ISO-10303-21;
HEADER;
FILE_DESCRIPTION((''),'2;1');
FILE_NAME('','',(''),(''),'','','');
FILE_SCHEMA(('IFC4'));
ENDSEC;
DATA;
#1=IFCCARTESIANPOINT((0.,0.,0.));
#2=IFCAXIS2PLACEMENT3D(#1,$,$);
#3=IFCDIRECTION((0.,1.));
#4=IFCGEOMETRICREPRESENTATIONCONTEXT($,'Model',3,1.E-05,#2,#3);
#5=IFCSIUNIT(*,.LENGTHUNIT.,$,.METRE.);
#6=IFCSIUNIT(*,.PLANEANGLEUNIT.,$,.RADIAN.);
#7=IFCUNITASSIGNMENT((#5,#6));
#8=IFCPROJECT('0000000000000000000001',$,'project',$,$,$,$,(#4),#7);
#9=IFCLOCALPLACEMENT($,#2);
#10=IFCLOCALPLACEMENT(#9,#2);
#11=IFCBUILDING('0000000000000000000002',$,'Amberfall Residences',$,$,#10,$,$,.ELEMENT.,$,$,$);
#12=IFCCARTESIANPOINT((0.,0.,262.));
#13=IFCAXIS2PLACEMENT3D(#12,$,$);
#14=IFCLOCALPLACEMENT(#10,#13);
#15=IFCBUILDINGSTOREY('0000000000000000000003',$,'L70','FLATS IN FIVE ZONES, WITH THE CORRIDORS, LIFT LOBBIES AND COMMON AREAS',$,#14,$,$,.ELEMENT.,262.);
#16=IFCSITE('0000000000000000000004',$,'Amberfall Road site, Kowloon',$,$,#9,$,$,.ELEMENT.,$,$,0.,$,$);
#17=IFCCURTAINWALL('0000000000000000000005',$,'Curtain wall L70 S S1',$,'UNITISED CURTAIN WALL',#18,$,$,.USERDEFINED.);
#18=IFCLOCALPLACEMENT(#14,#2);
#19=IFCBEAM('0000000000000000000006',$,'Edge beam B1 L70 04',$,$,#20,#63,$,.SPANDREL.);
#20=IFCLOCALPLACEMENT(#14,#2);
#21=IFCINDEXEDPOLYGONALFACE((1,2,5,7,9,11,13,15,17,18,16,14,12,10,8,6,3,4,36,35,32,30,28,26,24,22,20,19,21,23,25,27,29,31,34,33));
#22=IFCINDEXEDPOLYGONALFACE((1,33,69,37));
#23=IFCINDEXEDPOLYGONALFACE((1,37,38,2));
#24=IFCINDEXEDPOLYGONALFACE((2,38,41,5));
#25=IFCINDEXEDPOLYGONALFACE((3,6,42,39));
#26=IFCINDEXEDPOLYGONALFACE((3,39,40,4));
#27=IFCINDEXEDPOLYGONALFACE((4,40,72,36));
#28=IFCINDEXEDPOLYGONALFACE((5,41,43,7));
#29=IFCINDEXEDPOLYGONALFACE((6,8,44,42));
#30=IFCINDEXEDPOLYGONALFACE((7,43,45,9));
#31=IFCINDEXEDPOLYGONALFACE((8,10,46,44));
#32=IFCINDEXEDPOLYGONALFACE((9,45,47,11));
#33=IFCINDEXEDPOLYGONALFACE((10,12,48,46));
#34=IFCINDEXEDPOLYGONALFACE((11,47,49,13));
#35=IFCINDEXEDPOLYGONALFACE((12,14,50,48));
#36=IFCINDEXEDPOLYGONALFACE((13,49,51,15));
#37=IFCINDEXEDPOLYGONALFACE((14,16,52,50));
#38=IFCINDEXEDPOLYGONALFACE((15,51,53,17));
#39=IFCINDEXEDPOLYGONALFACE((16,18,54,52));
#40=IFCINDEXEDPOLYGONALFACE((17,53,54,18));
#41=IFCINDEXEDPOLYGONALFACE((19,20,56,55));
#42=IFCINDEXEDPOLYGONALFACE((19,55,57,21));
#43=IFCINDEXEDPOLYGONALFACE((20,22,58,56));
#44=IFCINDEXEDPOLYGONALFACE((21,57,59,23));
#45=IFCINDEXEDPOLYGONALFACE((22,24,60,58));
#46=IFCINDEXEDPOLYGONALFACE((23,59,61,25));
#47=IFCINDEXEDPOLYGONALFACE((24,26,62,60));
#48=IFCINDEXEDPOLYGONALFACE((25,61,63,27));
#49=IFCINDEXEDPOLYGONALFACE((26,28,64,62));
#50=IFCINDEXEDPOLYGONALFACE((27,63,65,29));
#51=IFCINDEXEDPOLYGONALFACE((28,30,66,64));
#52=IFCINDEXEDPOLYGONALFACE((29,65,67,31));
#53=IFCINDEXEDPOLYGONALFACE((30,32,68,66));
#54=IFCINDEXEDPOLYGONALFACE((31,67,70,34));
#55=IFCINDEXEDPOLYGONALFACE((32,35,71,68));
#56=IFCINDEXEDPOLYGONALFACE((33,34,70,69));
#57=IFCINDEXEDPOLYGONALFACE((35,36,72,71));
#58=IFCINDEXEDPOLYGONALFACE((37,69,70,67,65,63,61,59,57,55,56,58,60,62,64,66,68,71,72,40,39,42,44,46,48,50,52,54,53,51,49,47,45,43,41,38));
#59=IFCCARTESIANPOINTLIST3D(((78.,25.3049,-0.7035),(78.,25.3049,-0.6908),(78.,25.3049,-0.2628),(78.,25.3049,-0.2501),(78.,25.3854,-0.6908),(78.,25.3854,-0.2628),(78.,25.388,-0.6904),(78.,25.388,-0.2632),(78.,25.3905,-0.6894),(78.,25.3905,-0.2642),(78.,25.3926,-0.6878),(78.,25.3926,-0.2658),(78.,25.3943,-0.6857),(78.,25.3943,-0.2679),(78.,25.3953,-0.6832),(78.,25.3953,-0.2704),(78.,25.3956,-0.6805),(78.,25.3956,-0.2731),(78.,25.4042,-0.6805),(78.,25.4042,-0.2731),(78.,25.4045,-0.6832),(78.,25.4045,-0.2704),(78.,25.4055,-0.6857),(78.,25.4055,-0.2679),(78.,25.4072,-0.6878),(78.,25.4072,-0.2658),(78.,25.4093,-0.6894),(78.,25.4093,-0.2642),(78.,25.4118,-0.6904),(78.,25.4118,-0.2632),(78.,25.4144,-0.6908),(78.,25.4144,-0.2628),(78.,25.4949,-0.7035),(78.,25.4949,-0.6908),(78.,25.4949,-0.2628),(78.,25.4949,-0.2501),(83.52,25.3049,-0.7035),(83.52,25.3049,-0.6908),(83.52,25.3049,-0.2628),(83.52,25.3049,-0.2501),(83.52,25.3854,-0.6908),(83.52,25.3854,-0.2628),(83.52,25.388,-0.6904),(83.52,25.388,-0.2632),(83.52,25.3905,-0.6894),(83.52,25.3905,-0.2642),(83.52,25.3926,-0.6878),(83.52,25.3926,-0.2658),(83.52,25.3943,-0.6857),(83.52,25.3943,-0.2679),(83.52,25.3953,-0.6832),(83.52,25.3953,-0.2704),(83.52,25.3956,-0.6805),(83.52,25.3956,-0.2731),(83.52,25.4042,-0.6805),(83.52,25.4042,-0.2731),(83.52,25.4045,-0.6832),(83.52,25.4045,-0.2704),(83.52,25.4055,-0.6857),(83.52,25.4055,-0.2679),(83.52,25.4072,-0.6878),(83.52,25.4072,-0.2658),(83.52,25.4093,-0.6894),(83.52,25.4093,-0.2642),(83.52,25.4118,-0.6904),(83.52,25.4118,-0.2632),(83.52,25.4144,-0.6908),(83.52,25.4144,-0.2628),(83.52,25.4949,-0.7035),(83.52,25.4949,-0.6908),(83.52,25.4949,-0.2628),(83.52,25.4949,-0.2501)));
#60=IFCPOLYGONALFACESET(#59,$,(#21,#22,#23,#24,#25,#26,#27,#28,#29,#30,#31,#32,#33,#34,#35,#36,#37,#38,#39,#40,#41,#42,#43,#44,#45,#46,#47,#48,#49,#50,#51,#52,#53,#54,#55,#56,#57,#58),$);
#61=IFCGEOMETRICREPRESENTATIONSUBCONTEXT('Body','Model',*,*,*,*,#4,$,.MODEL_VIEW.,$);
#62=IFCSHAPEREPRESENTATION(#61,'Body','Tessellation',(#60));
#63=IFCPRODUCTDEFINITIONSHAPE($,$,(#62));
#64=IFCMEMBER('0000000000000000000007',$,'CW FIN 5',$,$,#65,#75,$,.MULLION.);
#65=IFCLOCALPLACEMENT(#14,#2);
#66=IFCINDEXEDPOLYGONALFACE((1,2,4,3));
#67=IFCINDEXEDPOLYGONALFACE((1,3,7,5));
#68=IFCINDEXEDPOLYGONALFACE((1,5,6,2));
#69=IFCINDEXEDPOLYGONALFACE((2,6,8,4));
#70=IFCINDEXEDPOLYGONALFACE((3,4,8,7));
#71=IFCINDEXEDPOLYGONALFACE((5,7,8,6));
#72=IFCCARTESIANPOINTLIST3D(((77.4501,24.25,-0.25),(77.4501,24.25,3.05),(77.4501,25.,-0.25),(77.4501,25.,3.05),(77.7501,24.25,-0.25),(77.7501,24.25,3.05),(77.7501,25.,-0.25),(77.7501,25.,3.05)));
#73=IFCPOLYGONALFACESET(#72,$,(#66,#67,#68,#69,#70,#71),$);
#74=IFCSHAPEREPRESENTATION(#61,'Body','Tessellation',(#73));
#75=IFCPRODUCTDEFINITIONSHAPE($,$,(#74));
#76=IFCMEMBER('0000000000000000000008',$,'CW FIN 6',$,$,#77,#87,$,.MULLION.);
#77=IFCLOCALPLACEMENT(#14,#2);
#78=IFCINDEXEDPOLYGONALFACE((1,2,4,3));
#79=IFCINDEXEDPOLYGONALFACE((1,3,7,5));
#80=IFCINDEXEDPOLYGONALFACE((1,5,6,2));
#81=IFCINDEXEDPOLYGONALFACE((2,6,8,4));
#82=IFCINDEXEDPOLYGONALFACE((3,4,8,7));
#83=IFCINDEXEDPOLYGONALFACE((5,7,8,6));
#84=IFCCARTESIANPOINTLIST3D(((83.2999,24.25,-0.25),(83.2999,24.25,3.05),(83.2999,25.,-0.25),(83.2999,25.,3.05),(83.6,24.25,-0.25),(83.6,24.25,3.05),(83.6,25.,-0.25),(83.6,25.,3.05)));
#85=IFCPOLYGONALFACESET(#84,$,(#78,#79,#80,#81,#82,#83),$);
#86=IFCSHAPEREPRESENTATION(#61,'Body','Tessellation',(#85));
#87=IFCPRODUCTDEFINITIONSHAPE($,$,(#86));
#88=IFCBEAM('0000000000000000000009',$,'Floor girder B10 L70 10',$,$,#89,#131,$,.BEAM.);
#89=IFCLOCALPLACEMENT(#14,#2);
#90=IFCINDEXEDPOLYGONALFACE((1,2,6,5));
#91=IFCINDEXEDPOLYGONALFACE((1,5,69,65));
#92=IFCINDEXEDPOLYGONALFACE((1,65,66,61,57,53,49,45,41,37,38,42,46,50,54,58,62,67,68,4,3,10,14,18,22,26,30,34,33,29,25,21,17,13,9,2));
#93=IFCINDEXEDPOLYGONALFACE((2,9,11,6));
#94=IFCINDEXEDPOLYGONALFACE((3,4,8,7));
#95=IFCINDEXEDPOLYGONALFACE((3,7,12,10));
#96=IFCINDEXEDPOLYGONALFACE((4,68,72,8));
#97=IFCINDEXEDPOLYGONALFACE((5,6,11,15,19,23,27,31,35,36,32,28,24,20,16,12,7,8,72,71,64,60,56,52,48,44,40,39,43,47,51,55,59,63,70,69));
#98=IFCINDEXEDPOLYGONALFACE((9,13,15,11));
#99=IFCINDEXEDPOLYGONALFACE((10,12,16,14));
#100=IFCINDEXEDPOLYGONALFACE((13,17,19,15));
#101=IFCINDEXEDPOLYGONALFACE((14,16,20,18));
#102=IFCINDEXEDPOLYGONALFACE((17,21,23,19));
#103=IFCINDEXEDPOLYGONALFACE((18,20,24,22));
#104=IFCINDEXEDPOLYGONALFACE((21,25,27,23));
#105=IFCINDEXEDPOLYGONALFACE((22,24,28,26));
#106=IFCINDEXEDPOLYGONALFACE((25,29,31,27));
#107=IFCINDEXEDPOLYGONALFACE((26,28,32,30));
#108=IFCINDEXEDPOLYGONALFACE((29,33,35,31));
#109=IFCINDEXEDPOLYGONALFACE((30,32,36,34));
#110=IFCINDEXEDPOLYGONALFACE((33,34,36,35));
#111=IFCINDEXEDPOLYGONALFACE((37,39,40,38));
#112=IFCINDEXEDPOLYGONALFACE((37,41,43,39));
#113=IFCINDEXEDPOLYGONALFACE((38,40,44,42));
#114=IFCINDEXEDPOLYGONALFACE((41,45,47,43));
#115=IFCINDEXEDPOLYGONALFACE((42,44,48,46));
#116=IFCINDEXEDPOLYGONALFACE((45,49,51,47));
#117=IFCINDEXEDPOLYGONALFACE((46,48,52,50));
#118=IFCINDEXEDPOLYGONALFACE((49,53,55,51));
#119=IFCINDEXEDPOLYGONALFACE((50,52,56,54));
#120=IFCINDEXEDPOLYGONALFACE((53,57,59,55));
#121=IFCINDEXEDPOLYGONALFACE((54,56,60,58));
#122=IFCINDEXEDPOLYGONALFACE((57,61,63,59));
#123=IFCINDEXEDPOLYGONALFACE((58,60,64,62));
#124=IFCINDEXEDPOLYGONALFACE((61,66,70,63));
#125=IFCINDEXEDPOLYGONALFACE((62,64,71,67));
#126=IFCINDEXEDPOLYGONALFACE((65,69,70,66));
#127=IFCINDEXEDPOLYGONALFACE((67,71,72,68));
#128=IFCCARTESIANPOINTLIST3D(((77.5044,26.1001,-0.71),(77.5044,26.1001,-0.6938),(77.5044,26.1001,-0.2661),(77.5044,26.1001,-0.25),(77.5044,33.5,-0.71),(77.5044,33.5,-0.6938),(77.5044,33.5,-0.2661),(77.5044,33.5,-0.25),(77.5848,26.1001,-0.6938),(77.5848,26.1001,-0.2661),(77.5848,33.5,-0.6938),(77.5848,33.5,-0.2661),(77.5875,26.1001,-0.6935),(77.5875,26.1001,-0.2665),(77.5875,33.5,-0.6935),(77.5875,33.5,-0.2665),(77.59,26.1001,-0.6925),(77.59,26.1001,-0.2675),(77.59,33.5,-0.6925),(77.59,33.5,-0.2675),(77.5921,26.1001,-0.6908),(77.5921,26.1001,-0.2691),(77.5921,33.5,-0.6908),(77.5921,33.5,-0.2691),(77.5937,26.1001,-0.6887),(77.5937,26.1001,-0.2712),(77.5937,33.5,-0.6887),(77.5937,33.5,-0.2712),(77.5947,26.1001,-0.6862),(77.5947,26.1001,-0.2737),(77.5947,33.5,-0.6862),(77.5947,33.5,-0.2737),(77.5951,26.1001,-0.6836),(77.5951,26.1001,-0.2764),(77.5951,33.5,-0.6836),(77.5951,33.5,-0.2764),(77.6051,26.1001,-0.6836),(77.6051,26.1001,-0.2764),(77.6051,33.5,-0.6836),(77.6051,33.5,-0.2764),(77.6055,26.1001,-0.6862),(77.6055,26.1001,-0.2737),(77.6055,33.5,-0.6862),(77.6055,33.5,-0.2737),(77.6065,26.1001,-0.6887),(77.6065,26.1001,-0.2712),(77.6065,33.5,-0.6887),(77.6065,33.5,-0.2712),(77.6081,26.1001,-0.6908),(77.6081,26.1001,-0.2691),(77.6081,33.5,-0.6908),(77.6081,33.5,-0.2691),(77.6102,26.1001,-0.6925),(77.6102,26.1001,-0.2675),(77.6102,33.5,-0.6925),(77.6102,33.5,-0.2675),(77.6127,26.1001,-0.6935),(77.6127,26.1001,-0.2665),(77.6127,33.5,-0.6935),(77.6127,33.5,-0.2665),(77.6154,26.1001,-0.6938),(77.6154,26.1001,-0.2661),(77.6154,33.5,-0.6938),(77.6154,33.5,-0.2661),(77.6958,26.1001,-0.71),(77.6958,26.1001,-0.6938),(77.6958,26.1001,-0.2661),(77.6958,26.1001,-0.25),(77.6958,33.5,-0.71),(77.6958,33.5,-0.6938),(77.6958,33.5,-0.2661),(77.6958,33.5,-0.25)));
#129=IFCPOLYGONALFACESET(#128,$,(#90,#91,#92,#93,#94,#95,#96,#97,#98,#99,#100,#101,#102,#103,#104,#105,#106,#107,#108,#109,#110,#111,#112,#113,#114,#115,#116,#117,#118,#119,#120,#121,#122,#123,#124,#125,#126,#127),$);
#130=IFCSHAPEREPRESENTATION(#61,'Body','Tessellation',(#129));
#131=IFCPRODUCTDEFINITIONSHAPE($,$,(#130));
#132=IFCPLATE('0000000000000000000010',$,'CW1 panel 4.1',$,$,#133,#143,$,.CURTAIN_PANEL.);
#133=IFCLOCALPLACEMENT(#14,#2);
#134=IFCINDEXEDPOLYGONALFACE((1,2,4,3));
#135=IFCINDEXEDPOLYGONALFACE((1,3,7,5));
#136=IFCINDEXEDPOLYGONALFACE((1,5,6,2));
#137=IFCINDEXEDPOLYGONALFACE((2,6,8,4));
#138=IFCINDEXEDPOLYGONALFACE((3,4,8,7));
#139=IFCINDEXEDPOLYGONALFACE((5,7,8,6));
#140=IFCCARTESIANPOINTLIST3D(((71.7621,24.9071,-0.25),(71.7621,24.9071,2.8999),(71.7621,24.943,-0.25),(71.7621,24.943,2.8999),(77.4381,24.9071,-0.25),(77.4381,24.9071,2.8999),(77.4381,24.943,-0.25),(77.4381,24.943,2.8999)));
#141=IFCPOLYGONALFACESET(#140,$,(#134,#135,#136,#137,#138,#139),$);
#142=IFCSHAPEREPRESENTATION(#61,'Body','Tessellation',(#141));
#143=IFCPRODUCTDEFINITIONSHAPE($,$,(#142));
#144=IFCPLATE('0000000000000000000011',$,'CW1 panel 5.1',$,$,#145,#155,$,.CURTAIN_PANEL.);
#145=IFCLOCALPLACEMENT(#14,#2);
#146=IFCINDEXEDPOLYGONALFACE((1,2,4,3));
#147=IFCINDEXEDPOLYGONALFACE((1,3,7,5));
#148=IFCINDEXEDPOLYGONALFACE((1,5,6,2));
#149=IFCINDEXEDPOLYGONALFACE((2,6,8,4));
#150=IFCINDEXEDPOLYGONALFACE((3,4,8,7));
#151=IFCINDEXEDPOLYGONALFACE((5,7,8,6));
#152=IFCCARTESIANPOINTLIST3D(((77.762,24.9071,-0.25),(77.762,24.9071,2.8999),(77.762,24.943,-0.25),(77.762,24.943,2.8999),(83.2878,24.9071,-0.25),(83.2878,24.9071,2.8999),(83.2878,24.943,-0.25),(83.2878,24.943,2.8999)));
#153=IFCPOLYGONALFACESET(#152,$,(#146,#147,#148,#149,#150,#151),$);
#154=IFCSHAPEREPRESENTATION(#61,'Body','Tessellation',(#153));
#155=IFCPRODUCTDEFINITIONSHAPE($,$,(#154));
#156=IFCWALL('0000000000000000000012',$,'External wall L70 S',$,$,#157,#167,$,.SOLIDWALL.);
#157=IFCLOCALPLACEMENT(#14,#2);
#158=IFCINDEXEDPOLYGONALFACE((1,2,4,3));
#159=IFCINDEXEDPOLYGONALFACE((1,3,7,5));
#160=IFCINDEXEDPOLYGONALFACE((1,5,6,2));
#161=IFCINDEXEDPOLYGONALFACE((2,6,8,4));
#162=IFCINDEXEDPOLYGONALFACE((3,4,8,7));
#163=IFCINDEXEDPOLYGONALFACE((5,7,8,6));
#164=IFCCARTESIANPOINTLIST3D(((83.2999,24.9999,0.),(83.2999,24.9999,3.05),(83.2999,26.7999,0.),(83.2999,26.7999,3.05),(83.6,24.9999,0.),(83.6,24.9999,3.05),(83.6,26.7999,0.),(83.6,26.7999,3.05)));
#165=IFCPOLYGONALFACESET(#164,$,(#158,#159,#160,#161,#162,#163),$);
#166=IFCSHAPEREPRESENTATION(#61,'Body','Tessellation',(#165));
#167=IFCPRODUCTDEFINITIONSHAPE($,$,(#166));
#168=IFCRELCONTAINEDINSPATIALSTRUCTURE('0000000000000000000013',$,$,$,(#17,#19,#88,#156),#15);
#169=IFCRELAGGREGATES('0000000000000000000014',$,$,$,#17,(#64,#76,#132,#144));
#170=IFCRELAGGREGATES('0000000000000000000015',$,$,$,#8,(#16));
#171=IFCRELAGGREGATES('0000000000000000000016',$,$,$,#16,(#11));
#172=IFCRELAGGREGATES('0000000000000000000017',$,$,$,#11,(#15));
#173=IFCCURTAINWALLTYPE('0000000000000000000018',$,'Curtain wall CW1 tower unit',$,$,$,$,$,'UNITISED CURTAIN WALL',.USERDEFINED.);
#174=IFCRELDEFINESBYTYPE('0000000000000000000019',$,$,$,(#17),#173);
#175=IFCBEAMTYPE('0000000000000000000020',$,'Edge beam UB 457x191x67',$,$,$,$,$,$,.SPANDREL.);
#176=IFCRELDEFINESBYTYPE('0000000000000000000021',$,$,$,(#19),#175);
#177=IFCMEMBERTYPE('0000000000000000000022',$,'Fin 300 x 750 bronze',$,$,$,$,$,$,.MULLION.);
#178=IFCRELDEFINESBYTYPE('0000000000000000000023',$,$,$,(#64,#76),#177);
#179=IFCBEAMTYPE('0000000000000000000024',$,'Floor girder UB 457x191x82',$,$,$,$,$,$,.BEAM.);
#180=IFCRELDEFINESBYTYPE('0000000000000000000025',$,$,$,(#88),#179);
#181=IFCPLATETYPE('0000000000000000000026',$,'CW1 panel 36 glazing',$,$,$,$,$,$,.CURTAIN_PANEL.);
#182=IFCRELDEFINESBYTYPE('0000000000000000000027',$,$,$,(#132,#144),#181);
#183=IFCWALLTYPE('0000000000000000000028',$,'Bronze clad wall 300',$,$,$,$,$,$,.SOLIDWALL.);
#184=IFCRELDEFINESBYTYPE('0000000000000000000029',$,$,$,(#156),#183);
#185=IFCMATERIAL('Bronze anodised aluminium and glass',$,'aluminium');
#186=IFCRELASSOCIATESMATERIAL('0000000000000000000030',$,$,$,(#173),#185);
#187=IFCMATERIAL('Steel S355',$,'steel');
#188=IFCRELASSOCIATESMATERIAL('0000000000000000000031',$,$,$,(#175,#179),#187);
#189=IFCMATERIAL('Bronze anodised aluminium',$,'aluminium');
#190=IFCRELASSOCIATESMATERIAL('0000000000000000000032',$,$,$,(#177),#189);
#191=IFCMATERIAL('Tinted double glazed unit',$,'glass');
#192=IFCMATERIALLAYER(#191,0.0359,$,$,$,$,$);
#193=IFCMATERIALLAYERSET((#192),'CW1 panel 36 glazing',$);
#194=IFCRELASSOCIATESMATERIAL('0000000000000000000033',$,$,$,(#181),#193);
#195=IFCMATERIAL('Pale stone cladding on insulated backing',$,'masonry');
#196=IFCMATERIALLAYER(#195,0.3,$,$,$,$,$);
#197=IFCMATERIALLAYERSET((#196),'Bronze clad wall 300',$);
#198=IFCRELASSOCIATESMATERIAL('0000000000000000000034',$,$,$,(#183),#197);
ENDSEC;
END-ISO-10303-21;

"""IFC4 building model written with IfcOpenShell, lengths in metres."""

from ifc_helpers import new_model, si_unit, direction, frame, frame_2d, origin, origin_2d, place, context, subcontext, project, spatial, rectangle, i_section, extrude, material, layer, layer_set, material_profile, profile_set, type_object, element, aggregate, save


model = new_model("IFC4")

# Units and contexts
model_context = context("Model", 3, precision=1e-05, world=origin(), true_north=direction((0.0, 1.0)))
body_context = subcontext(model_context, "Body", "Model", "MODEL_VIEW")
ifc_project = project(units=[si_unit("LENGTHUNIT", "METRE"), si_unit("PLANEANGLEUNIT", "RADIAN")], contexts=[model_context])

# Site, building, storey
site_placement = place(None, origin())
site = spatial("IfcSite", under=ifc_project, at=site_placement, Name="Amberfall Road site, Kowloon", CompositionType="ELEMENT", RefElevation=0.0)
building_placement = place(site_placement, origin())
building = spatial("IfcBuilding", under=site, at=building_placement, Name="Amberfall Residences", CompositionType="ELEMENT")
storey_placement = place(building_placement, frame((0.0, 0.0, 262.0)))
storey = spatial("IfcBuildingStorey", under=building, at=storey_placement, Name="L70", Description="FLATS IN FIVE ZONES, WITH THE CORRIDORS, LIFT LOBBIES AND COMMON AREAS", CompositionType="ELEMENT", Elevation=262.0)

# Curtain wall
ifc_material_1 = material(Name="Bronze anodised aluminium and glass", Category="aluminium")
curtain_wall_type = type_object("IfcCurtainWallType", Name="Curtain wall CW1 tower unit", ElementType="UNITISED CURTAIN WALL", PredefinedType="USERDEFINED", material=ifc_material_1)
curtain_wall_placement = place(storey_placement, origin())
curtain_wall = element("IfcCurtainWall", 1, at=curtain_wall_placement, inside=storey, type_object=curtain_wall_type, Name="Curtain wall L70 S S1", ObjectType="UNITISED CURTAIN WALL", PredefinedType="USERDEFINED")
ifc_material_2 = material(Name="Bronze anodised aluminium", Category="aluminium")

# Beam
ifc_material_3 = material(Name="Steel S355", Category="steel")
ifc_material_profile_1 = material_profile(ifc_material_3, i_section(OverallWidth=0.1899, OverallDepth=0.4534, WebThickness=0.0085, FlangeThickness=0.0127, FilletRadius=0.0103, at=origin_2d()), Name="UB 457x191x67")
ifc_profile_set_1 = profile_set([ifc_material_profile_1], Name="Steel S355")
beam_type_1 = type_object("IfcBeamType", Name="Edge beam UB 457x191x67", PredefinedType="SPANDREL", material=ifc_profile_set_1)
beam_1_placement = place(storey_placement, frame((78.0, 25.3999, -0.4768), z_axis=(1.0, 0.0, 0.0), x_axis=(0.0, 1.0, 0.0)))
element("IfcBeam", 2, at=beam_1_placement, inside=storey, type_object=beam_type_1, Name="Edge beam B1 L70 04", PredefinedType="SPANDREL", context=body_context, shape_type="SweptSolid", body=[
    extrude(i_section(OverallWidth=0.1899, OverallDepth=0.4534, WebThickness=0.0085, FlangeThickness=0.0127, FilletRadius=0.0103, at=origin_2d()), origin(), (0.0, 0.0, 1.0), 5.52),
])

# Members
ifc_material_profile_2 = material_profile(ifc_material_2, rectangle(XDim=0.75, YDim=0.3, at=origin_2d()), Name="Fin 300 x 750 bronze")
ifc_profile_set_2 = profile_set([ifc_material_profile_2], Name="Bronze anodised aluminium")
member_type_1 = type_object("IfcMemberType", Name="Fin 300 x 750 bronze", PredefinedType="MULLION", material=ifc_profile_set_2)
member_1_placement = place(storey_placement, frame((77.6001, 24.625, -0.25), z_axis=(0.0, 0.0, 1.0), x_axis=(0.0, 1.0, 0.0)))
member_1 = element("IfcMember", 3, at=member_1_placement, type_object=member_type_1, Name="CW FIN 5", PredefinedType="MULLION", context=body_context, shape_type="SweptSolid", body=[
    extrude(rectangle(XDim=0.75, YDim=0.3, at=origin_2d()), origin(), (0.0, 0.0, 1.0), 3.3),
])
member_2_placement = place(storey_placement, frame((83.45, 24.625, -0.25), z_axis=(0.0, 0.0, 1.0), x_axis=(0.0, 1.0, 0.0)))
member_2 = element("IfcMember", 4, at=member_2_placement, type_object=member_type_1, Name="CW FIN 6", PredefinedType="MULLION", context=body_context, shape_type="SweptSolid", body=[
    extrude(rectangle(XDim=0.75, YDim=0.3, at=origin_2d()), origin(), (0.0, 0.0, 1.0), 3.3),
])

# Beam
ifc_material_profile_3 = material_profile(ifc_material_3, i_section(OverallWidth=0.1914, OverallDepth=0.46, WebThickness=0.01, FlangeThickness=0.0161, FilletRadius=0.0103, at=origin_2d()), Name="UB 457x191x82")
ifc_profile_set_3 = profile_set([ifc_material_profile_3], Name="Steel S355")
beam_type_2 = type_object("IfcBeamType", Name="Floor girder UB 457x191x82", PredefinedType="BEAM", material=ifc_profile_set_3)
beam_2_placement = place(storey_placement, frame((77.6001, 26.1001, -0.48), z_axis=(0.0, 1.0, 0.0), x_axis=(-1.0, 0.0, 0.0)))
element("IfcBeam", 5, at=beam_2_placement, inside=storey, type_object=beam_type_2, Name="Floor girder B10 L70 10", PredefinedType="BEAM", context=body_context, shape_type="SweptSolid", body=[
    extrude(i_section(OverallWidth=0.1914, OverallDepth=0.46, WebThickness=0.01, FlangeThickness=0.0161, FilletRadius=0.0103, at=origin_2d()), origin(), (0.0, 0.0, 1.0), 7.3999),
])

# Plates
ifc_material_4 = material(Name="Tinted double glazed unit", Category="glass")
ifc_layer_1 = layer(ifc_material_4, 0.0359)
ifc_layer_set_1 = layer_set([ifc_layer_1], Name="CW1 panel 36 glazing")
plate_type = type_object("IfcPlateType", Name="CW1 panel 36 glazing", PredefinedType="CURTAIN_PANEL", material=ifc_layer_set_1)
plate_1_placement = place(storey_placement, frame((74.6001, 24.925, -0.25), z_axis=(0.0, 0.0, 1.0), x_axis=(1.0, 0.0, 0.0)))
plate_1 = element("IfcPlate", 6, at=plate_1_placement, type_object=plate_type, Name="CW1 panel 4.1", PredefinedType="CURTAIN_PANEL", context=body_context, shape_type="SweptSolid", body=[
    extrude(rectangle(XDim=5.676, YDim=0.0359, at=origin_2d()), origin(), (0.0, 0.0, 1.0), 3.1499),
])
plate_2_placement = place(storey_placement, frame((80.5249, 24.925, -0.25), z_axis=(0.0, 0.0, 1.0), x_axis=(1.0, 0.0, 0.0)))
plate_2 = element("IfcPlate", 7, at=plate_2_placement, type_object=plate_type, Name="CW1 panel 5.1", PredefinedType="CURTAIN_PANEL", context=body_context, shape_type="SweptSolid", body=[
    extrude(rectangle(XDim=5.5259, YDim=0.0359, at=origin_2d()), origin(), (0.0, 0.0, 1.0), 3.1499),
])
aggregate(curtain_wall, [member_1, member_2, plate_1, plate_2])

# Wall
ifc_material_5 = material(Name="Pale stone cladding on insulated backing", Category="masonry")
ifc_layer_2 = layer(ifc_material_5, 0.3)
ifc_layer_set_2 = layer_set([ifc_layer_2], Name="Bronze clad wall 300")
wall_type_1 = type_object("IfcWallType", Name="Bronze clad wall 300", PredefinedType="SOLIDWALL", material=ifc_layer_set_2)
wall_1_placement = place(storey_placement, frame((83.45, 25.0, 0.0), z_axis=(0.0, 0.0, 1.0), x_axis=(0.0, 1.0, 0.0)))
element("IfcWall", 8, at=wall_1_placement, inside=storey, type_object=wall_type_1, Name="External wall L70 S", PredefinedType="SOLIDWALL", context=body_context, shape_type="SweptSolid", body=[
    extrude(rectangle(XDim=1.8, YDim=0.3, at=frame_2d((0.8999, 0.0))), origin(), (0.0, 0.0, 1.0), 3.05),
])

save(model, "model.ifc")
